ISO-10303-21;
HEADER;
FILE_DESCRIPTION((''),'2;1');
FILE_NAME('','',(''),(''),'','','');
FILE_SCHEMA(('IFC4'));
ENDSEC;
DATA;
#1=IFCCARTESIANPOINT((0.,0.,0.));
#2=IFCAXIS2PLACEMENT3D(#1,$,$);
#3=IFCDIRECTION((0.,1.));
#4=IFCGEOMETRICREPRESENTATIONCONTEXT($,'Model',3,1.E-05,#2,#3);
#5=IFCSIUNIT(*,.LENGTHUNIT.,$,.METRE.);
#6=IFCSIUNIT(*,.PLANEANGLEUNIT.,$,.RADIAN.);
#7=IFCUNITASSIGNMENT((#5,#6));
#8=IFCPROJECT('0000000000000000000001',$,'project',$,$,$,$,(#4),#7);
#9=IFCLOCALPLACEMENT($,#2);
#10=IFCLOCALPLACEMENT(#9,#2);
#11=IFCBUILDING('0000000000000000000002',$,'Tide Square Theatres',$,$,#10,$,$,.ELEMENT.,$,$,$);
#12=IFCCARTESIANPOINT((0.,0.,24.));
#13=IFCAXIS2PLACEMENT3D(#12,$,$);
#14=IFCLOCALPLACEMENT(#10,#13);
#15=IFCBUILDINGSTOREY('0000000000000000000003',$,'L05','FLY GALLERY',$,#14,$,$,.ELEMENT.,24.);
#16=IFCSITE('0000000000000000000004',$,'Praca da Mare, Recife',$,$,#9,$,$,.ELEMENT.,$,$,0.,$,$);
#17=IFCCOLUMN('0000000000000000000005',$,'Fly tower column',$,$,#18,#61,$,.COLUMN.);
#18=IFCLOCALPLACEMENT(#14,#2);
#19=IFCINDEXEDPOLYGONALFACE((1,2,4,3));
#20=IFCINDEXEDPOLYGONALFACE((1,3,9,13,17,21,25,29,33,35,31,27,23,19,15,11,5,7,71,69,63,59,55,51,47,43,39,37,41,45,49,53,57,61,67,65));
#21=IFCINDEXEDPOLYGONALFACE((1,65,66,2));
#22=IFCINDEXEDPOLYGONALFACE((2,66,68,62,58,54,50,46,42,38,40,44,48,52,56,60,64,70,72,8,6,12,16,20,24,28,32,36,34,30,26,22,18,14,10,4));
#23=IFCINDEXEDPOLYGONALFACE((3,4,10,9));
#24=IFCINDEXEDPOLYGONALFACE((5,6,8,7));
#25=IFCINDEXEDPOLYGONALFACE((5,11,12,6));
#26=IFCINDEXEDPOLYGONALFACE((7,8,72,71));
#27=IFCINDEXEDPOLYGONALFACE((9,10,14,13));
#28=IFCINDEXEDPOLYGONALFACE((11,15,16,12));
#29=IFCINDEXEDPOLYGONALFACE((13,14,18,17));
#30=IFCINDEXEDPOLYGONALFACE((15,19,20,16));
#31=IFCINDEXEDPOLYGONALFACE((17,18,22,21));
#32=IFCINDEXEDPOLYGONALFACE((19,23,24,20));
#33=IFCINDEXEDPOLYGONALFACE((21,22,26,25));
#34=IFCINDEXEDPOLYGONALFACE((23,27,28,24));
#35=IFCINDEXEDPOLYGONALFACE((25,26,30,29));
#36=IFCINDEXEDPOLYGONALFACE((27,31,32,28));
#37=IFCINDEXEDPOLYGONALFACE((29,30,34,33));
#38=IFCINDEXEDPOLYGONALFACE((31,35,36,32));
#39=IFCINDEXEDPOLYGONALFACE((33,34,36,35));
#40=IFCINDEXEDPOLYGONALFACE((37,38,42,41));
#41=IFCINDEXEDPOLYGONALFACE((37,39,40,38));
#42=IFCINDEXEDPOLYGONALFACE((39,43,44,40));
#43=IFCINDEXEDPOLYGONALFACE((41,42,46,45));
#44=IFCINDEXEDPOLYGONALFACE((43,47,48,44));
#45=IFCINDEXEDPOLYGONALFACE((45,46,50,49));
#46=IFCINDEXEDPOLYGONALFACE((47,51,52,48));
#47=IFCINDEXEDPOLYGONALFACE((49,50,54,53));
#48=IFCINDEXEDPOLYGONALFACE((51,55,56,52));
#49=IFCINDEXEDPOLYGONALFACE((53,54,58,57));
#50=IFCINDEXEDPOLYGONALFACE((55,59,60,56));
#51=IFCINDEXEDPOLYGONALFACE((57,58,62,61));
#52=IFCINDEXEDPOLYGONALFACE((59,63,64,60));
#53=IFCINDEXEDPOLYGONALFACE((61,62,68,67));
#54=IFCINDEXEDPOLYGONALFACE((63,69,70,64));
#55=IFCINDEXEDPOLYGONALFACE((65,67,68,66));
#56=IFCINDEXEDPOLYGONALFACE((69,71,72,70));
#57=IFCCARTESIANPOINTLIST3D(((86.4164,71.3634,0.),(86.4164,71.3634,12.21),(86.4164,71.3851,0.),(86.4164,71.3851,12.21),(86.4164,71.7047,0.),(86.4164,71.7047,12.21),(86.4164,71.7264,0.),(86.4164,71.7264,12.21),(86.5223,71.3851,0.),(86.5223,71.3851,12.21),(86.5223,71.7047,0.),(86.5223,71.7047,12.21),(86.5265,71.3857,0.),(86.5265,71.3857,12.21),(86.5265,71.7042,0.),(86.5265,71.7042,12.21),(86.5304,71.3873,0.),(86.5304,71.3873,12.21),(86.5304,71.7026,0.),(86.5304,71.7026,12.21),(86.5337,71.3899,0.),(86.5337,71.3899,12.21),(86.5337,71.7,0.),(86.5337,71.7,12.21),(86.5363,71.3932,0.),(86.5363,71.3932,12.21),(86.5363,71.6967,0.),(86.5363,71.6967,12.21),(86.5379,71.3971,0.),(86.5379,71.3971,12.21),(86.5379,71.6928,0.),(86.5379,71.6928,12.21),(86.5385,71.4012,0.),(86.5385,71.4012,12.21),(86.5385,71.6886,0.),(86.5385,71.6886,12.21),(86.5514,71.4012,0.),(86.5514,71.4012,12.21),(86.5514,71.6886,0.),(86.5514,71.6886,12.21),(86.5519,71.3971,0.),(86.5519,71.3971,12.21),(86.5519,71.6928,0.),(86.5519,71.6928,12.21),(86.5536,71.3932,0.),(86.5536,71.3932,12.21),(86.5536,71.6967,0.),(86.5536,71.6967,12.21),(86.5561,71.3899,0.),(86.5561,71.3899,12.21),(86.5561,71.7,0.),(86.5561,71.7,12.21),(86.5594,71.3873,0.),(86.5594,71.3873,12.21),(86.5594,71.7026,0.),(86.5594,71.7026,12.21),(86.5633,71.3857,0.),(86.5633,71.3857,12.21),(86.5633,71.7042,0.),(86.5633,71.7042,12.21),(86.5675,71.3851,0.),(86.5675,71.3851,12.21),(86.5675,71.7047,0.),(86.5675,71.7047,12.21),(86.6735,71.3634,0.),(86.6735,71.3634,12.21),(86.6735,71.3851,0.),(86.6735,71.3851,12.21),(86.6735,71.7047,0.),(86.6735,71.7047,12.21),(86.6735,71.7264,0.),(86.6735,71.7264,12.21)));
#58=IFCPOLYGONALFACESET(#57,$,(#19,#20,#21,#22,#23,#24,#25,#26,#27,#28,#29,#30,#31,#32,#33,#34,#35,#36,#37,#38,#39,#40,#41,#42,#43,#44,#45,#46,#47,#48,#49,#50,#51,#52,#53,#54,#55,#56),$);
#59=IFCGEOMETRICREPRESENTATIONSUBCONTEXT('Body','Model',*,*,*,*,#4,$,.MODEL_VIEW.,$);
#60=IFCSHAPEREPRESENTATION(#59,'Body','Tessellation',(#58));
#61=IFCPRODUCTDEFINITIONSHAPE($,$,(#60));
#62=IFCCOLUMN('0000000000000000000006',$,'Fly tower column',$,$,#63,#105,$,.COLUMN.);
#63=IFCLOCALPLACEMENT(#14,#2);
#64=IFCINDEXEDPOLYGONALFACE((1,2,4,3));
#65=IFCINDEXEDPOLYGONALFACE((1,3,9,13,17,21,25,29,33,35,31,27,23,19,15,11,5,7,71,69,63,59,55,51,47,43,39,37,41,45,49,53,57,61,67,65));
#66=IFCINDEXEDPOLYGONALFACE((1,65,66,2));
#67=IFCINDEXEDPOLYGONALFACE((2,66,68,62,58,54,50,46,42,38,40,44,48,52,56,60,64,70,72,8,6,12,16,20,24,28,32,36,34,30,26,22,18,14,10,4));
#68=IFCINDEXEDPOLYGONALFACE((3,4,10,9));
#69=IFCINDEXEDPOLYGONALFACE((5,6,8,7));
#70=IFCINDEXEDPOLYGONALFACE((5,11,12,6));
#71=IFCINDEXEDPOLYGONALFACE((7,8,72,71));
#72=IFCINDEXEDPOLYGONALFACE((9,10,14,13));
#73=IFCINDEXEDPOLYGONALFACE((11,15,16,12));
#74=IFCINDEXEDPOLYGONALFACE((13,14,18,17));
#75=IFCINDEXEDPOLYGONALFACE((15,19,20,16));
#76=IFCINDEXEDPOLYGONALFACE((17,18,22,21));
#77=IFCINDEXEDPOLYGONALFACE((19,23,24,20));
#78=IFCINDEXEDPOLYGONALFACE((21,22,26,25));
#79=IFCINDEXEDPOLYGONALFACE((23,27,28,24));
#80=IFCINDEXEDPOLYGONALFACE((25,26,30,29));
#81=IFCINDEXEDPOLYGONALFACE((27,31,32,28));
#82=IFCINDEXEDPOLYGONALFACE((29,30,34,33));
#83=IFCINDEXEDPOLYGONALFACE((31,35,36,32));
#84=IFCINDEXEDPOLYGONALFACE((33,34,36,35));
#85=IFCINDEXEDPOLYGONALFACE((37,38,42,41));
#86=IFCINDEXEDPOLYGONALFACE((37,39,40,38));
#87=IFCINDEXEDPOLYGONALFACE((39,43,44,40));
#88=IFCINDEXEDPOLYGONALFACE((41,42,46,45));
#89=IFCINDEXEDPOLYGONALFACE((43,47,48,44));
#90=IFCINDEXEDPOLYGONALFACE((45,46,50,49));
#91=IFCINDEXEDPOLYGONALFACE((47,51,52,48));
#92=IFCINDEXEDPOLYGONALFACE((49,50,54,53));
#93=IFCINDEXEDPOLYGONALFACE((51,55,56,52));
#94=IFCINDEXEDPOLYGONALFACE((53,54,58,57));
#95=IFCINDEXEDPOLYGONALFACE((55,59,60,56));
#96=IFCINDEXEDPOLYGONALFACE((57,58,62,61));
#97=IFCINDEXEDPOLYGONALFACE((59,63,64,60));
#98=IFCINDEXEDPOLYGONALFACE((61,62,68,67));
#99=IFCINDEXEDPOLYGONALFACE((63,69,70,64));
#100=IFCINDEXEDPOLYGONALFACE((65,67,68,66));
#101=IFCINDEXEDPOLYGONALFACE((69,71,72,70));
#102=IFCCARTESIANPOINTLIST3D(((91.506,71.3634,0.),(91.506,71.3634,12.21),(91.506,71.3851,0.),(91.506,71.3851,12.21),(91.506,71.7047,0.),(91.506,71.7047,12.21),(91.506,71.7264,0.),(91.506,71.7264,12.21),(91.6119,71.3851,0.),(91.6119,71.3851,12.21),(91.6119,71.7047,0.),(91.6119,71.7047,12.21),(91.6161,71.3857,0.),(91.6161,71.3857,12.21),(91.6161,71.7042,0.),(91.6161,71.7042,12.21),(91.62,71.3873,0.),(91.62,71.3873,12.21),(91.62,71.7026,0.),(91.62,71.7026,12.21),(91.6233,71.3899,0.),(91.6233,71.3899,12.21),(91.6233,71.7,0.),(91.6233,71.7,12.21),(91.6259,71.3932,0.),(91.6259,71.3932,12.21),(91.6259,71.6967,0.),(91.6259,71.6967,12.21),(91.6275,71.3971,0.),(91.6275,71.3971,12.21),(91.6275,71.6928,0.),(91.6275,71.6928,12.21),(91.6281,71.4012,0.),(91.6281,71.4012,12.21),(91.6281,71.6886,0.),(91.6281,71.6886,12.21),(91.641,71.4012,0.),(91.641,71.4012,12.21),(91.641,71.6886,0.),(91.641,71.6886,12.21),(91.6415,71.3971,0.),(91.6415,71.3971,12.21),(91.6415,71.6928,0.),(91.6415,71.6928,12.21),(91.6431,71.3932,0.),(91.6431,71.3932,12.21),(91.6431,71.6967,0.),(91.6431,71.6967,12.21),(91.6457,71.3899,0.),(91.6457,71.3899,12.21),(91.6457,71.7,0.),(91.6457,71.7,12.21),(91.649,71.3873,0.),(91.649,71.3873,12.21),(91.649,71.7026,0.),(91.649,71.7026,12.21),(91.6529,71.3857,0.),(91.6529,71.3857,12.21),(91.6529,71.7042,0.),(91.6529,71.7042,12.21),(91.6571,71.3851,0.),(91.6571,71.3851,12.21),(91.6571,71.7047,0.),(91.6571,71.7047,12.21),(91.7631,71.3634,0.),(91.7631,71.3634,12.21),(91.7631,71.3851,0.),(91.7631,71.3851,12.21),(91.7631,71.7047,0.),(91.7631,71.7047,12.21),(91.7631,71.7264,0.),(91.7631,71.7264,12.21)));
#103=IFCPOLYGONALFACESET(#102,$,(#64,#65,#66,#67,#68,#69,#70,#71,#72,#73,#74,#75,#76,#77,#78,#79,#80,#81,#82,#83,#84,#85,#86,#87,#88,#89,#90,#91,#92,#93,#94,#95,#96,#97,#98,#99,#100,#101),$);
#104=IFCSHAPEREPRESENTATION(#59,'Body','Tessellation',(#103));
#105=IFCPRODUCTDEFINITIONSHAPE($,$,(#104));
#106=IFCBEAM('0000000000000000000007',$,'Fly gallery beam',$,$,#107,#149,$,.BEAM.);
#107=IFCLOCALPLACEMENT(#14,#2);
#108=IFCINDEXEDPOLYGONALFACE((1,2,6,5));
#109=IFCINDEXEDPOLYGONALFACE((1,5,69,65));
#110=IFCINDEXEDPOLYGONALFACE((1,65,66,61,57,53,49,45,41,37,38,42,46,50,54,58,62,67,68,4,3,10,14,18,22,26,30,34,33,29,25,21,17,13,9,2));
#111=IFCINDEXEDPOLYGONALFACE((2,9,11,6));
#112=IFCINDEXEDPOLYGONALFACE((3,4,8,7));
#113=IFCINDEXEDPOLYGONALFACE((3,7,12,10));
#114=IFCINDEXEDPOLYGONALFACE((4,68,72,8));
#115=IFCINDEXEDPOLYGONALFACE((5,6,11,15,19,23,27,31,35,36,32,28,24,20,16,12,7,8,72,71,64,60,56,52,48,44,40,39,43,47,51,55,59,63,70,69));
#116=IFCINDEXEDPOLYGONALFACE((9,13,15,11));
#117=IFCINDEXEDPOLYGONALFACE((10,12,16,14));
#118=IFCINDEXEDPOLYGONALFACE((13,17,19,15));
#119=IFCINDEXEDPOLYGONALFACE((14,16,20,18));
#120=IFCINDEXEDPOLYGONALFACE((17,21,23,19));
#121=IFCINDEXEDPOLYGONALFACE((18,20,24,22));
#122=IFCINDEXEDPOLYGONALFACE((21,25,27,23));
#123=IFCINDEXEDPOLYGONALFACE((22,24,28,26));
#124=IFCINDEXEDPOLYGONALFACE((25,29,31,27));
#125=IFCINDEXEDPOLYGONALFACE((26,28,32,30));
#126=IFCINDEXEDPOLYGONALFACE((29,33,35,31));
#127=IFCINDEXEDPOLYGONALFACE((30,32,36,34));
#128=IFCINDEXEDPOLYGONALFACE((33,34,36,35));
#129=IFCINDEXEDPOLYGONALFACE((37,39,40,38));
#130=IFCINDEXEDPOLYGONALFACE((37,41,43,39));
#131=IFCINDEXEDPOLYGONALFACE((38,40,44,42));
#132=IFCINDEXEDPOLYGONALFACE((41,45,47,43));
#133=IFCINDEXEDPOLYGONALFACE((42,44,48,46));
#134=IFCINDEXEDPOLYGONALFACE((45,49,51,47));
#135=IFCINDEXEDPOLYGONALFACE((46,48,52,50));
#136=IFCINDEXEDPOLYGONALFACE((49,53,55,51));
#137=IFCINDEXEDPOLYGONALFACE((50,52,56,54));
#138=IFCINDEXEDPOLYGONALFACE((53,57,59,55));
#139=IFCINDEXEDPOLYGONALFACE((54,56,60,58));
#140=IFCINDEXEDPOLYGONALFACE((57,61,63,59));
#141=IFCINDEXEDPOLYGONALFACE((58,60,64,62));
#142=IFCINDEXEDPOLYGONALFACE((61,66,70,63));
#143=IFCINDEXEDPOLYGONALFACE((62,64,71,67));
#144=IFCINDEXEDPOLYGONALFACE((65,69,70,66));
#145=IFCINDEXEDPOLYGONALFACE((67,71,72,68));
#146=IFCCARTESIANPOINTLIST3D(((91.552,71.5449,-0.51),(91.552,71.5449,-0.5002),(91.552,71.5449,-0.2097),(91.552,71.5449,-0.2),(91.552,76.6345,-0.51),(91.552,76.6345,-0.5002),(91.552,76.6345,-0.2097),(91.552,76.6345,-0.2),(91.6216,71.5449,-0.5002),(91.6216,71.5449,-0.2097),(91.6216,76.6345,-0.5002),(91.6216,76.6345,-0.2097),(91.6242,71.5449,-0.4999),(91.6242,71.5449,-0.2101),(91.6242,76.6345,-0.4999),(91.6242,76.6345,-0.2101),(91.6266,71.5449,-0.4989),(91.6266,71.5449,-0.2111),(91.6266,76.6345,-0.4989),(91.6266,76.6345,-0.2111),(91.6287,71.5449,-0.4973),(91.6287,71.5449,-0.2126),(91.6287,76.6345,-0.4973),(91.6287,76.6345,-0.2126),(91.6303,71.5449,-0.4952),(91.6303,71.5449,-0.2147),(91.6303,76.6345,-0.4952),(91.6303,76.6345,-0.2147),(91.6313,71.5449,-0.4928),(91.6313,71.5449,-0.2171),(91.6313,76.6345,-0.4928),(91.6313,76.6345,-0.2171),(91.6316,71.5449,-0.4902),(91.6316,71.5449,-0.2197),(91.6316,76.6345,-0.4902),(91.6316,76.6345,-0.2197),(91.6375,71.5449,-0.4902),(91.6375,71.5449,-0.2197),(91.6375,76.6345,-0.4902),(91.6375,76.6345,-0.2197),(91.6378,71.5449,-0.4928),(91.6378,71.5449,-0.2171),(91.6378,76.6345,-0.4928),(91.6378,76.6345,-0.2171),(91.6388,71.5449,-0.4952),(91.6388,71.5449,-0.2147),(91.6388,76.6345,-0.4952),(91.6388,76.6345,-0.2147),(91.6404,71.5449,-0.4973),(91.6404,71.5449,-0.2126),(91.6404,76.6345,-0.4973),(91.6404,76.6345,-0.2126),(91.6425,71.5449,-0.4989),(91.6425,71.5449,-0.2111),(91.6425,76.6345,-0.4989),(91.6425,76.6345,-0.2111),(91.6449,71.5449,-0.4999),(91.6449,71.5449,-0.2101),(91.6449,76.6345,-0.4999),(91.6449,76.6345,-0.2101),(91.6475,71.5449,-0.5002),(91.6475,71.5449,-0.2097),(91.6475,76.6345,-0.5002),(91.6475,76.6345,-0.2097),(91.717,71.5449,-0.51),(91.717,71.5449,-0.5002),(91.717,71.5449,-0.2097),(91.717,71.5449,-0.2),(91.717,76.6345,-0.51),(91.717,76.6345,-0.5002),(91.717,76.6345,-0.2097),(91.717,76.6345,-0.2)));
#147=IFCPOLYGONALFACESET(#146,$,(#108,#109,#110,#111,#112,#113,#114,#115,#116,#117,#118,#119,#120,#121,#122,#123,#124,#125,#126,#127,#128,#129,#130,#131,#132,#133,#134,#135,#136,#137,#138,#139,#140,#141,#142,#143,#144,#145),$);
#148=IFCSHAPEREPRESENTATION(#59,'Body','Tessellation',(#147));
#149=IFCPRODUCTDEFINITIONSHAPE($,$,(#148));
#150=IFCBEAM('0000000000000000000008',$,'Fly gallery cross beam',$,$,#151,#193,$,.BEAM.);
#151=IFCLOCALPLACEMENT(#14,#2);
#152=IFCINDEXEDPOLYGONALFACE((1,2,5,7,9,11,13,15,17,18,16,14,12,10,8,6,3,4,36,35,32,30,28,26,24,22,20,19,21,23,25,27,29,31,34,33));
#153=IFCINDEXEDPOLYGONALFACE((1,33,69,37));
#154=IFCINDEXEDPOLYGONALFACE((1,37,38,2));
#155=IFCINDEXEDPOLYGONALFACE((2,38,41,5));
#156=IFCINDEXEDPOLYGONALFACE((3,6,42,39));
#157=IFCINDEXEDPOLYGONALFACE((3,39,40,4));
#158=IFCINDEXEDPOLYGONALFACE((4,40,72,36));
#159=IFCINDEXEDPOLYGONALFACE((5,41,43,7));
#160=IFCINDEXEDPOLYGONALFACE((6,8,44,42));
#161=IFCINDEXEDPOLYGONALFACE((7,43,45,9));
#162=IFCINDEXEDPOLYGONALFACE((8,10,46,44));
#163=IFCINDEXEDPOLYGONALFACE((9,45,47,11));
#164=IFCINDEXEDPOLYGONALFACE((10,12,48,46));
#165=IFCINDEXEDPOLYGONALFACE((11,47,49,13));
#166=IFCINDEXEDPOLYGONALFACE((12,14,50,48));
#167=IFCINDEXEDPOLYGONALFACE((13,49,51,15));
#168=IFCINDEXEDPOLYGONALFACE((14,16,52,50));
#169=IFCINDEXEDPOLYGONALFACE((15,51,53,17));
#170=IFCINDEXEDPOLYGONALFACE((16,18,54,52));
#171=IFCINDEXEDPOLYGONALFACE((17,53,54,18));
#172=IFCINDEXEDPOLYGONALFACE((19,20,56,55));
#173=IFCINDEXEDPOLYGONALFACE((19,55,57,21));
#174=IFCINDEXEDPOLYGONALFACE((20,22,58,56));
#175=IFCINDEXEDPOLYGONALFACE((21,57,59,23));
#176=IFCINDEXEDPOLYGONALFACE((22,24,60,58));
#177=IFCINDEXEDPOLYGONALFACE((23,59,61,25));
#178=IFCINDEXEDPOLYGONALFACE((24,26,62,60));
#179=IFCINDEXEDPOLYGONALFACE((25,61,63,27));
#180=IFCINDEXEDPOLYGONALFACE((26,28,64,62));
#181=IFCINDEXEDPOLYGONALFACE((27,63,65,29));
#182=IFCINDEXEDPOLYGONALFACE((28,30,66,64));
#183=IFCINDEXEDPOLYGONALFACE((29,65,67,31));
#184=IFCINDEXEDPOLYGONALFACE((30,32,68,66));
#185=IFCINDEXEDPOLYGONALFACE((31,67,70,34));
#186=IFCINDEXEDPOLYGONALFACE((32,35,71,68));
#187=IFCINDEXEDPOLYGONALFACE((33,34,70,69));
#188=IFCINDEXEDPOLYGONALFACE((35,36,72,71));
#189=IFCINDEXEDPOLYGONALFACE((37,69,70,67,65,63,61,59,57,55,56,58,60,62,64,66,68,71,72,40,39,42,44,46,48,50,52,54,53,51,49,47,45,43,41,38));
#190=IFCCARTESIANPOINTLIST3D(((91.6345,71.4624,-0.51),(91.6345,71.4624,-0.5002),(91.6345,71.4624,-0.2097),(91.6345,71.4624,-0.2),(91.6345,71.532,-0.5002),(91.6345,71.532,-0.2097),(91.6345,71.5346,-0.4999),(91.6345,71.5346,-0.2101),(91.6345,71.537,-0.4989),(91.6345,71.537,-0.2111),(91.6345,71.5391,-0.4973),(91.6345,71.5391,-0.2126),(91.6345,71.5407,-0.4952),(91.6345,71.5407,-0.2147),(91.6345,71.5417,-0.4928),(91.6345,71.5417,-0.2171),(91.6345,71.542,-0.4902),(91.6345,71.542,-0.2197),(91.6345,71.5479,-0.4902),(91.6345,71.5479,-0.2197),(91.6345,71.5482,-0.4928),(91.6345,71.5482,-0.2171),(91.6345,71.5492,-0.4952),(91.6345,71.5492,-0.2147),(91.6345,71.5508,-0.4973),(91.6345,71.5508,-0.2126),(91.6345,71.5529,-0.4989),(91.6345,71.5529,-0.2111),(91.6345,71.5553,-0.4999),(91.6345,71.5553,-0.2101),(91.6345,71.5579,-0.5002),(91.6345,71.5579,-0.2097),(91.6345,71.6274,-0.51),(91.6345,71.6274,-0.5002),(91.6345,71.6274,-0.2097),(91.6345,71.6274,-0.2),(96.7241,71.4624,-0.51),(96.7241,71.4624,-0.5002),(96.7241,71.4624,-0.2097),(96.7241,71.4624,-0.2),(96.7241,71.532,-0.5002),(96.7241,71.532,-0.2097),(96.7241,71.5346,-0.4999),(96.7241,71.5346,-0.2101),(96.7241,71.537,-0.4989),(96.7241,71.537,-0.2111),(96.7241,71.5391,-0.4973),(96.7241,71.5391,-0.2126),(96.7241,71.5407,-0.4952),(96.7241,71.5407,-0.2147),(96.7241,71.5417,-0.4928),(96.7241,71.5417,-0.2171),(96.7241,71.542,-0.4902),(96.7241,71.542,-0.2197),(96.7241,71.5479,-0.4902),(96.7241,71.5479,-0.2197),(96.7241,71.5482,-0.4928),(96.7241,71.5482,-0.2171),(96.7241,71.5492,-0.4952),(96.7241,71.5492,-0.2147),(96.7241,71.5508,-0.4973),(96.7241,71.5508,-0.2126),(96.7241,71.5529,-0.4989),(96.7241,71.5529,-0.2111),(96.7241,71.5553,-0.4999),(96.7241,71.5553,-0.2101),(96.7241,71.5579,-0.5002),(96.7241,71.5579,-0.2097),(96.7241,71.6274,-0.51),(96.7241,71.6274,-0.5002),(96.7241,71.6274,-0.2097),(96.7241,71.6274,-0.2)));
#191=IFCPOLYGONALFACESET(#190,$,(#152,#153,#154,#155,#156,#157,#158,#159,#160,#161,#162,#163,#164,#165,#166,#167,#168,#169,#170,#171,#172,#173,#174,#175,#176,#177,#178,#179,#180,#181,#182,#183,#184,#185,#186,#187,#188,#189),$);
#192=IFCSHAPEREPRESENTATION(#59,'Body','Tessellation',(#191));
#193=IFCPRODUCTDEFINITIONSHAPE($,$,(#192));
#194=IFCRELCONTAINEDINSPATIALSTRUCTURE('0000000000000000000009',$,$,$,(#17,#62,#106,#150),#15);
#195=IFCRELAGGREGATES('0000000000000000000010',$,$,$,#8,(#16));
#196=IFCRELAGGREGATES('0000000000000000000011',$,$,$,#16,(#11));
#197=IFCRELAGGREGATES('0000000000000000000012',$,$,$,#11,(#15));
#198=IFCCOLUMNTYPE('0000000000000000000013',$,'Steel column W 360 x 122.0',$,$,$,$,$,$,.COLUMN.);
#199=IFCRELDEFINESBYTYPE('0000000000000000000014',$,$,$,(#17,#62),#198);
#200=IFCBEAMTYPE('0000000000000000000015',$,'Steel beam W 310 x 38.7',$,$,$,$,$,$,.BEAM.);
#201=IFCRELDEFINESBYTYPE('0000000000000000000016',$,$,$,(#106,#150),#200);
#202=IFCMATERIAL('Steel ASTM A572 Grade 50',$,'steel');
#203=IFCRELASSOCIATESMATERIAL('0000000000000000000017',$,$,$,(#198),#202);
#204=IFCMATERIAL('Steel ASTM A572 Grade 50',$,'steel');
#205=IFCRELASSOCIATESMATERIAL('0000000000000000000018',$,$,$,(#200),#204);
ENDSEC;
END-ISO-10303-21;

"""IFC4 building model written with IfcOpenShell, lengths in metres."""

from ifc_helpers import new_model, si_unit, direction, frame, origin, origin_2d, place, context, subcontext, project, spatial, i_section, extrude, material, material_profile, profile_set, type_object, element, save


model = new_model("IFC4")

# Units and contexts
model_context = context("Model", 3, precision=1e-05, world=origin(), true_north=direction((0.0, 1.0)))
body_context = subcontext(model_context, "Body", "Model", "MODEL_VIEW")
ifc_project = project(units=[si_unit("LENGTHUNIT", "METRE"), si_unit("PLANEANGLEUNIT", "RADIAN")], contexts=[model_context])

# Site, building, storey
site_placement = place(None, origin())
site = spatial("IfcSite", under=ifc_project, at=site_placement, Name="Praca da Mare, Recife", CompositionType="ELEMENT", RefElevation=0.0)
building_placement = place(site_placement, origin())
building = spatial("IfcBuilding", under=site, at=building_placement, Name="Tide Square Theatres", CompositionType="ELEMENT")
storey_placement = place(building_placement, frame((0.0, 0.0, 24.0)))
storey = spatial("IfcBuildingStorey", under=building, at=storey_placement, Name="L05", Description="FLY GALLERY", CompositionType="ELEMENT", Elevation=24.0)

# Columns
ifc_material_1 = material(Name="Steel ASTM A572 Grade 50", Category="steel")
ifc_material_profile_1 = material_profile(ifc_material_1, i_section(OverallWidth=0.2571, OverallDepth=0.363, WebThickness=0.0129, FlangeThickness=0.0217, FilletRadius=0.0161, at=origin_2d()))
ifc_profile_set_1 = profile_set([ifc_material_profile_1], Name="Steel ASTM A572 Grade 50")
column_type = type_object("IfcColumnType", Name="Steel column W 360 x 122.0", PredefinedType="COLUMN", material=ifc_profile_set_1)
for number, where, z_axis, x_axis, name in (
    (1, (86.5449, 71.5449, 0.0), (0.0, 0.0, 1.0), (1.0, 0.0, 0.0), "Fly tower column"),
    (2, (91.6345, 71.5449, 0.0), (0.0, 0.0, 1.0), (1.0, 0.0, 0.0), "Fly tower column"),
):
    element("IfcColumn", number, at=place(storey_placement, frame(where, z_axis=z_axis, x_axis=x_axis)), inside=storey, type_object=column_type, Name=name, PredefinedType="COLUMN", context=body_context, shape_type="SweptSolid", body=[
        extrude(i_section(OverallWidth=0.2571, OverallDepth=0.363, WebThickness=0.0129, FlangeThickness=0.0217, FilletRadius=0.0161, at=origin_2d()), origin(), (0.0, 0.0, 1.0), 12.21),
    ])

# Beams
ifc_material_2 = material(Name="Steel ASTM A572 Grade 50", Category="steel")
ifc_material_profile_2 = material_profile(ifc_material_2, i_section(OverallWidth=0.165, OverallDepth=0.3101, WebThickness=0.0059, FlangeThickness=0.0098, FilletRadius=0.01, at=origin_2d()))
ifc_profile_set_2 = profile_set([ifc_material_profile_2], Name="Steel ASTM A572 Grade 50")
beam_type_1 = type_object("IfcBeamType", Name="Steel beam W 310 x 38.7", PredefinedType="BEAM", material=ifc_profile_set_2)
for number, where, z_axis, x_axis, name in (
    (3, (91.6345, 71.5449, -0.355), (0.0, 1.0, 0.0), (-1.0, 0.0, 0.0), "Fly gallery beam"),
    (4, (91.6345, 71.5449, -0.355), (1.0, 0.0, 0.0), (0.0, 1.0, 0.0), "Fly gallery cross beam"),
):
    element("IfcBeam", number, at=place(storey_placement, frame(where, z_axis=z_axis, x_axis=x_axis)), inside=storey, type_object=beam_type_1, Name=name, PredefinedType="BEAM", context=body_context, shape_type="SweptSolid", body=[
        extrude(i_section(OverallWidth=0.165, OverallDepth=0.3101, WebThickness=0.0059, FlangeThickness=0.0098, FilletRadius=0.01, at=origin_2d()), origin(), (0.0, 0.0, 1.0), 5.0896),
    ])

save(model, "model.ifc")
